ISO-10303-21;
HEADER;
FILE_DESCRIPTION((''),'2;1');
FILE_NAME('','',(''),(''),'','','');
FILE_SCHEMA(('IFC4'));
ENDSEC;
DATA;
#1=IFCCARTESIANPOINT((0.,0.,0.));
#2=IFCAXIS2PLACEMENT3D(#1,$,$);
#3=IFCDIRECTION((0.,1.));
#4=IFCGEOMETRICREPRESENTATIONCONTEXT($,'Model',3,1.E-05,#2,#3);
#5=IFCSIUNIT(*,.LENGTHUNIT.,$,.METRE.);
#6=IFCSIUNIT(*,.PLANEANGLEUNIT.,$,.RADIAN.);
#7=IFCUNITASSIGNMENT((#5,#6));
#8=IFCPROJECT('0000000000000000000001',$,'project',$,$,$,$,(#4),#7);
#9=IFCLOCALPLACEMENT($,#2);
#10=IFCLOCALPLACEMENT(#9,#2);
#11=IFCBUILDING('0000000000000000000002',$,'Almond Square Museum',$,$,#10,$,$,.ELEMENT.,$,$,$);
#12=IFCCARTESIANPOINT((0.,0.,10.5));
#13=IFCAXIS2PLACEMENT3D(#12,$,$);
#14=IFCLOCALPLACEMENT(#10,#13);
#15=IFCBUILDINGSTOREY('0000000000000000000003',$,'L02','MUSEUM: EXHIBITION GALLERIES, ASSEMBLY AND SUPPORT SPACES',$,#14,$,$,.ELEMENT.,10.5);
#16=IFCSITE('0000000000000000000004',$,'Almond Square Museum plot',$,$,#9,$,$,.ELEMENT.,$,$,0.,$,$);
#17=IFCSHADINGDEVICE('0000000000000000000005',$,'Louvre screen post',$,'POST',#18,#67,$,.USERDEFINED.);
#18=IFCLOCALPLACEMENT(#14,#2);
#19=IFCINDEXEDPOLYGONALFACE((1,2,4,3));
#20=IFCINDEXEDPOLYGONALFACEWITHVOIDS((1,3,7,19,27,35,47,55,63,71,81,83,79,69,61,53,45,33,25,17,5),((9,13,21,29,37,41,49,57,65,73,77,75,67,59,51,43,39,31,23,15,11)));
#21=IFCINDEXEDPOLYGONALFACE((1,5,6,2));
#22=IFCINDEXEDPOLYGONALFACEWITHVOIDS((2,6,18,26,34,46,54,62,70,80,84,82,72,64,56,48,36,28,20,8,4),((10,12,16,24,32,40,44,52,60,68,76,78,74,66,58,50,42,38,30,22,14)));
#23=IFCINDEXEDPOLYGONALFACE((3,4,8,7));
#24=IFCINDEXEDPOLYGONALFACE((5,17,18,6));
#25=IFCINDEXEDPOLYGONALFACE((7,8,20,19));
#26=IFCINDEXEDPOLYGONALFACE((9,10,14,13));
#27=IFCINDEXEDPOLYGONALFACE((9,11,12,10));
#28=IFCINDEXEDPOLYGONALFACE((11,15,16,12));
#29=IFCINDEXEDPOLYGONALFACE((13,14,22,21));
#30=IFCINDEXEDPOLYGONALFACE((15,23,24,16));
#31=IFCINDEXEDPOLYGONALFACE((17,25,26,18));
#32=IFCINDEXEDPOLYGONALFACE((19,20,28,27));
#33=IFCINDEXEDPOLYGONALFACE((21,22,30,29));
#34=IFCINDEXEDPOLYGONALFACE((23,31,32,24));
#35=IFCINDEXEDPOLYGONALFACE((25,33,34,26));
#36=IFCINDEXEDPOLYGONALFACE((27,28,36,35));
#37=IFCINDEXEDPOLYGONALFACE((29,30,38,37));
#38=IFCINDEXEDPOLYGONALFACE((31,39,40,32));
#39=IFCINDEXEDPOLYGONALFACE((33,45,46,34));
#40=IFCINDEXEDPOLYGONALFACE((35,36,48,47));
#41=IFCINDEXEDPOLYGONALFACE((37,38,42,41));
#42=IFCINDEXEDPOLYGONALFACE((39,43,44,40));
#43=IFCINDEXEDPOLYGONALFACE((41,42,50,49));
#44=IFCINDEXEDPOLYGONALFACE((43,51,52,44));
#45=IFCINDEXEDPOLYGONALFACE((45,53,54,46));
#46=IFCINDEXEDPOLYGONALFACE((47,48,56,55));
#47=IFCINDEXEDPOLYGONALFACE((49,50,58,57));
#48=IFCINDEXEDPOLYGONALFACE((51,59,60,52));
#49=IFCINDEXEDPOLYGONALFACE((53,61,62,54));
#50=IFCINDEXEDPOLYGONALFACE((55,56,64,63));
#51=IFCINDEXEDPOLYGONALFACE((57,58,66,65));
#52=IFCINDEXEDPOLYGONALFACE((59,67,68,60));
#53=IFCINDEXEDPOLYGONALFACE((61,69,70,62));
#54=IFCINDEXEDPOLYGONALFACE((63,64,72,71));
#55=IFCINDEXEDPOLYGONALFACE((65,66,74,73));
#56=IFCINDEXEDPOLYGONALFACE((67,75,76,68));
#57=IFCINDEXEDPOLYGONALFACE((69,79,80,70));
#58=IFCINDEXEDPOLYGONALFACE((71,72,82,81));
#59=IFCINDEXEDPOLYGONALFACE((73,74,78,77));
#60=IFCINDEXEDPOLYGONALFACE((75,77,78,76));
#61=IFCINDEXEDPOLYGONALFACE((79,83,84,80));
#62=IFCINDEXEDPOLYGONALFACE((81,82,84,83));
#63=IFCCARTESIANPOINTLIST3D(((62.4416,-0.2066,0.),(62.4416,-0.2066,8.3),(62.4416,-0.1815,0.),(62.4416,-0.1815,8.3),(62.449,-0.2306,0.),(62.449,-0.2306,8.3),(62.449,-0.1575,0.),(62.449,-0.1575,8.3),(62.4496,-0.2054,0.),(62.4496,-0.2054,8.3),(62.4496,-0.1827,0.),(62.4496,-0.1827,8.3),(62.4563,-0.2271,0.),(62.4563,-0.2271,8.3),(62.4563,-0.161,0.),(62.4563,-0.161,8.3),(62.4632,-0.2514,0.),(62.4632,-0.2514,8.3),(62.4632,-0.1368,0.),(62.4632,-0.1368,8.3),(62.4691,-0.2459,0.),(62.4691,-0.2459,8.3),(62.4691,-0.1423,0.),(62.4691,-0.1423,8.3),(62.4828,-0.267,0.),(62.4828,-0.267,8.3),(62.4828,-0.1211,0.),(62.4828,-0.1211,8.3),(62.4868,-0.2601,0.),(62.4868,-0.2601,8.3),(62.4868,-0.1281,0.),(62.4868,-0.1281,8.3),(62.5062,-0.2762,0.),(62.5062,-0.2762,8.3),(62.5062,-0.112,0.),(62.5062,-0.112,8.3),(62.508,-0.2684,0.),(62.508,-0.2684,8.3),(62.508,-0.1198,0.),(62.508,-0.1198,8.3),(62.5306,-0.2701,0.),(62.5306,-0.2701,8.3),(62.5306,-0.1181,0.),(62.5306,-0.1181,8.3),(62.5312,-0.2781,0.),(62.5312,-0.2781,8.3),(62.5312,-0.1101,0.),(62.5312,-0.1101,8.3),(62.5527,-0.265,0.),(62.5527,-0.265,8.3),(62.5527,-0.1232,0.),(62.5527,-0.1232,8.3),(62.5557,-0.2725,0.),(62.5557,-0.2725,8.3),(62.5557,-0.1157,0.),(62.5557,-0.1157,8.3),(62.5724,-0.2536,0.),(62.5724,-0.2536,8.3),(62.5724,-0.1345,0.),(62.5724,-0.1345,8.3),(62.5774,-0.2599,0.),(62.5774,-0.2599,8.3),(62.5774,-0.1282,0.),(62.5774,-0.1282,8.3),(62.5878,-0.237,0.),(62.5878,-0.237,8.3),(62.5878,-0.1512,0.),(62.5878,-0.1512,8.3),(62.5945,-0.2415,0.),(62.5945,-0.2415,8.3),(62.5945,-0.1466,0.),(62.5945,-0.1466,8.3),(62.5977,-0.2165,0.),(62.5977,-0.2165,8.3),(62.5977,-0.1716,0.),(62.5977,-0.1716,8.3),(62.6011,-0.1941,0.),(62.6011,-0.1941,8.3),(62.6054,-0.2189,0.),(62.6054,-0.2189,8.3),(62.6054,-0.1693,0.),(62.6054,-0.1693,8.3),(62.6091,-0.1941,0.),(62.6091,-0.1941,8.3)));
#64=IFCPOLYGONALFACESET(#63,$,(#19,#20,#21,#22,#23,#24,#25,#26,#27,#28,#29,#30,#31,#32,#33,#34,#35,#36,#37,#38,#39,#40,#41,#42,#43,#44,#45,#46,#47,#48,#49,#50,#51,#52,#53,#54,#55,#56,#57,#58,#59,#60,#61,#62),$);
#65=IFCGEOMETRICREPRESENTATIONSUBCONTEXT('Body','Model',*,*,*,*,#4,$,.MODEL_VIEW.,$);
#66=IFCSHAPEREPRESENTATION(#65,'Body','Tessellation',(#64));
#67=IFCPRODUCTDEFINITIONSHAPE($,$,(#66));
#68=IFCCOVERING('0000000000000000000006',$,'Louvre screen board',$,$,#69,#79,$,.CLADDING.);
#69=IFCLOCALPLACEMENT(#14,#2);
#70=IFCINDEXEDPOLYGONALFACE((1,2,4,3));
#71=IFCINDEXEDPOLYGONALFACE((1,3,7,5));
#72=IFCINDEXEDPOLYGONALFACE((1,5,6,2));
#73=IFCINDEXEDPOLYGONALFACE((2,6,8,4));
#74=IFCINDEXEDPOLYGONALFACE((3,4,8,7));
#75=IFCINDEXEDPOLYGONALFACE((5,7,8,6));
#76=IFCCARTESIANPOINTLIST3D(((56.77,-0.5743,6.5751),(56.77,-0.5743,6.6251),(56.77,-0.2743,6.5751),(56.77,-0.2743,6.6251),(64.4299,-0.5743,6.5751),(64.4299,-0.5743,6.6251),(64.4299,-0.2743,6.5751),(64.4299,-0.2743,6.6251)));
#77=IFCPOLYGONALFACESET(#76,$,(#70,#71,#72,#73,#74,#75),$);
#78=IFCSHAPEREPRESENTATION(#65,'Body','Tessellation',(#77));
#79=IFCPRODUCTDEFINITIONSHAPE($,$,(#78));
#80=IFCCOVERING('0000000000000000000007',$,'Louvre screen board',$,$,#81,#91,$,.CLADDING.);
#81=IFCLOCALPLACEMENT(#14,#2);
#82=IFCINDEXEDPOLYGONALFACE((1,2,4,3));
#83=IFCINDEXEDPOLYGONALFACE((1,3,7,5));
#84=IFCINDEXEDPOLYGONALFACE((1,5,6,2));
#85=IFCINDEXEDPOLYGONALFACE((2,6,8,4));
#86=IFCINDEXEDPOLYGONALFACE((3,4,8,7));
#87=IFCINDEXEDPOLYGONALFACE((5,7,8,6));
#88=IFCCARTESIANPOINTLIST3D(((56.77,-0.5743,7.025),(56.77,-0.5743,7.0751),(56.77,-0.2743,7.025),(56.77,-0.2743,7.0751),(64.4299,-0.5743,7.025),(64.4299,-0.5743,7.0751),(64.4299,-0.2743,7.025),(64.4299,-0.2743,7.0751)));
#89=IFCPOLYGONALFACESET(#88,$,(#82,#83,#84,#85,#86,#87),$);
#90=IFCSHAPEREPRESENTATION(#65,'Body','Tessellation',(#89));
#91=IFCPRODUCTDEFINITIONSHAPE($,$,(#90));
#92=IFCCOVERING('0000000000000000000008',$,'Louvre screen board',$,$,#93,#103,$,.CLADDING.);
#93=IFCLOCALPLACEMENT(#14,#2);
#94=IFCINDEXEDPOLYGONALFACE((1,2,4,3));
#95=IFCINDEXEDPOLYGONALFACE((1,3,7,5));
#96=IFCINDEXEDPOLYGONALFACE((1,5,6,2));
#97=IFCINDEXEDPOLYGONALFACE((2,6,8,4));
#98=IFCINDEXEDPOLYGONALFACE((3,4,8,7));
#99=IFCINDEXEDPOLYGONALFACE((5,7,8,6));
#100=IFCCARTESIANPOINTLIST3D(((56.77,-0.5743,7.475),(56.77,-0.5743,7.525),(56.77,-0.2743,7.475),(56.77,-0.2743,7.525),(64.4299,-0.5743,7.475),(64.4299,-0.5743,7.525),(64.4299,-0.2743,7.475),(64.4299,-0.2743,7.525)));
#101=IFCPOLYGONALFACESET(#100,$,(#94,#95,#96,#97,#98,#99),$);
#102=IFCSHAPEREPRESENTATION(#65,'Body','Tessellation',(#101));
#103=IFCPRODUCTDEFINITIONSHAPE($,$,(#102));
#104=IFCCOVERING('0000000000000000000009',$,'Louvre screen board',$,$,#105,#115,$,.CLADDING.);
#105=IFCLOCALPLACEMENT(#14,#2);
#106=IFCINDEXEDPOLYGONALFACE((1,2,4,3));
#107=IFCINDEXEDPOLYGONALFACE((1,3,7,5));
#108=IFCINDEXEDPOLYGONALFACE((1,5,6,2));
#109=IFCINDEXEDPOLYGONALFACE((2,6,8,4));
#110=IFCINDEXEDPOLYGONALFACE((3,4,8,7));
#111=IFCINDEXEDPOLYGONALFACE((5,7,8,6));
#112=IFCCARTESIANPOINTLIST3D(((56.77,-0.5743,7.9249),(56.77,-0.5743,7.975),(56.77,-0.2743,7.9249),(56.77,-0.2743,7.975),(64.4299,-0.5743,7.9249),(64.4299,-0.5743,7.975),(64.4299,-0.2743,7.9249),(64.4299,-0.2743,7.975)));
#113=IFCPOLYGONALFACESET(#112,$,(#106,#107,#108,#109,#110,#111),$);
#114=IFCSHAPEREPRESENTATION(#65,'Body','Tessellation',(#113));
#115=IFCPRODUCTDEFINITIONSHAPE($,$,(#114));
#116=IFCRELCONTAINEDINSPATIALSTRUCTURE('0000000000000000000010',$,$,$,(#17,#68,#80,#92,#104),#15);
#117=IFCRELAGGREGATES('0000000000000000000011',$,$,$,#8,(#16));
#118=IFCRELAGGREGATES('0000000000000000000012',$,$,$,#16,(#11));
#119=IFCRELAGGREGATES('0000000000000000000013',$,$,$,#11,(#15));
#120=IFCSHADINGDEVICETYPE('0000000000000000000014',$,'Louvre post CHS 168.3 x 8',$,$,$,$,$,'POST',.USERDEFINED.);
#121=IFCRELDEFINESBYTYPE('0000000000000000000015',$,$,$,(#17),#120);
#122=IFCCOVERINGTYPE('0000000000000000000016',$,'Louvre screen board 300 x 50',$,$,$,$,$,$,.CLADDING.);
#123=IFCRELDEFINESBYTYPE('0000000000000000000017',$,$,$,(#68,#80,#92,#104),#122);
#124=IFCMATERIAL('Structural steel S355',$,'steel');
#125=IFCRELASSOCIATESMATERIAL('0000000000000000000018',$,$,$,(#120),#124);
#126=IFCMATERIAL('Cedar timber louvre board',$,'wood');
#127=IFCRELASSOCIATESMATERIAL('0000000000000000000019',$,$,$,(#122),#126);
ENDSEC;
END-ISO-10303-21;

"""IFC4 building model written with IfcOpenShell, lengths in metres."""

from ifc_helpers import new_model, si_unit, direction, frame, origin, origin_2d, place, context, subcontext, project, spatial, rectangle, hollow_circle, extrude, material, material_profile, profile_set, type_object, element, save


model = new_model("IFC4")

# Units and contexts
model_context = context("Model", 3, precision=1e-05, world=origin(), true_north=direction((0.0, 1.0)))
body_context = subcontext(model_context, "Body", "Model", "MODEL_VIEW")
ifc_project = project(units=[si_unit("LENGTHUNIT", "METRE"), si_unit("PLANEANGLEUNIT", "RADIAN")], contexts=[model_context])

# Site, building, storey
site_placement = place(None, origin())
site = spatial("IfcSite", under=ifc_project, at=site_placement, Name="Almond Square Museum plot", CompositionType="ELEMENT", RefElevation=0.0)
building_placement = place(site_placement, origin())
building = spatial("IfcBuilding", under=site, at=building_placement, Name="Almond Square Museum", CompositionType="ELEMENT")
storey_placement = place(building_placement, frame((0.0, 0.0, 10.5)))
storey = spatial("IfcBuildingStorey", under=building, at=storey_placement, Name="L02", Description="MUSEUM: EXHIBITION GALLERIES, ASSEMBLY AND SUPPORT SPACES", CompositionType="ELEMENT", Elevation=10.5)

# Shading device
ifc_material_1 = material(Name="Structural steel S355", Category="steel")
ifc_material_profile_1 = material_profile(ifc_material_1, hollow_circle(Radius=0.0842, WallThickness=0.0081, at=origin_2d()))
ifc_profile_set_1 = profile_set([ifc_material_profile_1], Name="Structural steel S355")
shading_device_type = type_object("IfcShadingDeviceType", Name="Louvre post CHS 168.3 x 8", ElementType="POST", PredefinedType="USERDEFINED", material=ifc_profile_set_1)
for number, where, z_axis, x_axis, name in (
    (1, (62.5249, -0.1941, 0.0), (0.0, 0.0, 1.0), (1.0, 0.0, 0.0), "Louvre screen post"),
):
    element("IfcShadingDevice", number, at=place(storey_placement, frame(where, z_axis=z_axis, x_axis=x_axis)), inside=storey, type_object=shading_device_type, Name=name, ObjectType="POST", PredefinedType="USERDEFINED", context=body_context, shape_type="SweptSolid", body=[
        extrude(hollow_circle(Radius=0.0842, WallThickness=0.0081, at=origin_2d()), origin(), (0.0, 0.0, 1.0), 8.3),
    ])

# Coverings
ifc_material_2 = material(Name="Cedar timber louvre board", Category="wood")
ifc_material_profile_2 = material_profile(ifc_material_2, rectangle(XDim=0.3, YDim=0.05, at=origin_2d()))
ifc_profile_set_2 = profile_set([ifc_material_profile_2], Name="Cedar timber louvre board")
covering_type = type_object("IfcCoveringType", Name="Louvre screen board 300 x 50", PredefinedType="CLADDING", material=ifc_profile_set_2)
for number, where, z_axis, x_axis, name in (
    (2, (56.77, -0.4243, 6.6001), (1.0, 0.0, 0.0), (0.0, 1.0, 0.0), "Louvre screen board"),
    (3, (56.77, -0.4243, 7.05), (1.0, 0.0, 0.0), (0.0, 1.0, 0.0), "Louvre screen board"),
    (4, (56.77, -0.4243, 7.5), (1.0, 0.0, 0.0), (0.0, 1.0, 0.0), "Louvre screen board"),
    (5, (56.77, -0.4243, 7.95), (1.0, 0.0, 0.0), (0.0, 1.0, 0.0), "Louvre screen board"),
):
    element("IfcCovering", number, at=place(storey_placement, frame(where, z_axis=z_axis, x_axis=x_axis)), inside=storey, type_object=covering_type, Name=name, PredefinedType="CLADDING", context=body_context, shape_type="SweptSolid", body=[
        extrude(rectangle(XDim=0.3, YDim=0.05, at=origin_2d()), origin(), (0.0, 0.0, 1.0), 7.6599),
    ])

save(model, "model.ifc")
